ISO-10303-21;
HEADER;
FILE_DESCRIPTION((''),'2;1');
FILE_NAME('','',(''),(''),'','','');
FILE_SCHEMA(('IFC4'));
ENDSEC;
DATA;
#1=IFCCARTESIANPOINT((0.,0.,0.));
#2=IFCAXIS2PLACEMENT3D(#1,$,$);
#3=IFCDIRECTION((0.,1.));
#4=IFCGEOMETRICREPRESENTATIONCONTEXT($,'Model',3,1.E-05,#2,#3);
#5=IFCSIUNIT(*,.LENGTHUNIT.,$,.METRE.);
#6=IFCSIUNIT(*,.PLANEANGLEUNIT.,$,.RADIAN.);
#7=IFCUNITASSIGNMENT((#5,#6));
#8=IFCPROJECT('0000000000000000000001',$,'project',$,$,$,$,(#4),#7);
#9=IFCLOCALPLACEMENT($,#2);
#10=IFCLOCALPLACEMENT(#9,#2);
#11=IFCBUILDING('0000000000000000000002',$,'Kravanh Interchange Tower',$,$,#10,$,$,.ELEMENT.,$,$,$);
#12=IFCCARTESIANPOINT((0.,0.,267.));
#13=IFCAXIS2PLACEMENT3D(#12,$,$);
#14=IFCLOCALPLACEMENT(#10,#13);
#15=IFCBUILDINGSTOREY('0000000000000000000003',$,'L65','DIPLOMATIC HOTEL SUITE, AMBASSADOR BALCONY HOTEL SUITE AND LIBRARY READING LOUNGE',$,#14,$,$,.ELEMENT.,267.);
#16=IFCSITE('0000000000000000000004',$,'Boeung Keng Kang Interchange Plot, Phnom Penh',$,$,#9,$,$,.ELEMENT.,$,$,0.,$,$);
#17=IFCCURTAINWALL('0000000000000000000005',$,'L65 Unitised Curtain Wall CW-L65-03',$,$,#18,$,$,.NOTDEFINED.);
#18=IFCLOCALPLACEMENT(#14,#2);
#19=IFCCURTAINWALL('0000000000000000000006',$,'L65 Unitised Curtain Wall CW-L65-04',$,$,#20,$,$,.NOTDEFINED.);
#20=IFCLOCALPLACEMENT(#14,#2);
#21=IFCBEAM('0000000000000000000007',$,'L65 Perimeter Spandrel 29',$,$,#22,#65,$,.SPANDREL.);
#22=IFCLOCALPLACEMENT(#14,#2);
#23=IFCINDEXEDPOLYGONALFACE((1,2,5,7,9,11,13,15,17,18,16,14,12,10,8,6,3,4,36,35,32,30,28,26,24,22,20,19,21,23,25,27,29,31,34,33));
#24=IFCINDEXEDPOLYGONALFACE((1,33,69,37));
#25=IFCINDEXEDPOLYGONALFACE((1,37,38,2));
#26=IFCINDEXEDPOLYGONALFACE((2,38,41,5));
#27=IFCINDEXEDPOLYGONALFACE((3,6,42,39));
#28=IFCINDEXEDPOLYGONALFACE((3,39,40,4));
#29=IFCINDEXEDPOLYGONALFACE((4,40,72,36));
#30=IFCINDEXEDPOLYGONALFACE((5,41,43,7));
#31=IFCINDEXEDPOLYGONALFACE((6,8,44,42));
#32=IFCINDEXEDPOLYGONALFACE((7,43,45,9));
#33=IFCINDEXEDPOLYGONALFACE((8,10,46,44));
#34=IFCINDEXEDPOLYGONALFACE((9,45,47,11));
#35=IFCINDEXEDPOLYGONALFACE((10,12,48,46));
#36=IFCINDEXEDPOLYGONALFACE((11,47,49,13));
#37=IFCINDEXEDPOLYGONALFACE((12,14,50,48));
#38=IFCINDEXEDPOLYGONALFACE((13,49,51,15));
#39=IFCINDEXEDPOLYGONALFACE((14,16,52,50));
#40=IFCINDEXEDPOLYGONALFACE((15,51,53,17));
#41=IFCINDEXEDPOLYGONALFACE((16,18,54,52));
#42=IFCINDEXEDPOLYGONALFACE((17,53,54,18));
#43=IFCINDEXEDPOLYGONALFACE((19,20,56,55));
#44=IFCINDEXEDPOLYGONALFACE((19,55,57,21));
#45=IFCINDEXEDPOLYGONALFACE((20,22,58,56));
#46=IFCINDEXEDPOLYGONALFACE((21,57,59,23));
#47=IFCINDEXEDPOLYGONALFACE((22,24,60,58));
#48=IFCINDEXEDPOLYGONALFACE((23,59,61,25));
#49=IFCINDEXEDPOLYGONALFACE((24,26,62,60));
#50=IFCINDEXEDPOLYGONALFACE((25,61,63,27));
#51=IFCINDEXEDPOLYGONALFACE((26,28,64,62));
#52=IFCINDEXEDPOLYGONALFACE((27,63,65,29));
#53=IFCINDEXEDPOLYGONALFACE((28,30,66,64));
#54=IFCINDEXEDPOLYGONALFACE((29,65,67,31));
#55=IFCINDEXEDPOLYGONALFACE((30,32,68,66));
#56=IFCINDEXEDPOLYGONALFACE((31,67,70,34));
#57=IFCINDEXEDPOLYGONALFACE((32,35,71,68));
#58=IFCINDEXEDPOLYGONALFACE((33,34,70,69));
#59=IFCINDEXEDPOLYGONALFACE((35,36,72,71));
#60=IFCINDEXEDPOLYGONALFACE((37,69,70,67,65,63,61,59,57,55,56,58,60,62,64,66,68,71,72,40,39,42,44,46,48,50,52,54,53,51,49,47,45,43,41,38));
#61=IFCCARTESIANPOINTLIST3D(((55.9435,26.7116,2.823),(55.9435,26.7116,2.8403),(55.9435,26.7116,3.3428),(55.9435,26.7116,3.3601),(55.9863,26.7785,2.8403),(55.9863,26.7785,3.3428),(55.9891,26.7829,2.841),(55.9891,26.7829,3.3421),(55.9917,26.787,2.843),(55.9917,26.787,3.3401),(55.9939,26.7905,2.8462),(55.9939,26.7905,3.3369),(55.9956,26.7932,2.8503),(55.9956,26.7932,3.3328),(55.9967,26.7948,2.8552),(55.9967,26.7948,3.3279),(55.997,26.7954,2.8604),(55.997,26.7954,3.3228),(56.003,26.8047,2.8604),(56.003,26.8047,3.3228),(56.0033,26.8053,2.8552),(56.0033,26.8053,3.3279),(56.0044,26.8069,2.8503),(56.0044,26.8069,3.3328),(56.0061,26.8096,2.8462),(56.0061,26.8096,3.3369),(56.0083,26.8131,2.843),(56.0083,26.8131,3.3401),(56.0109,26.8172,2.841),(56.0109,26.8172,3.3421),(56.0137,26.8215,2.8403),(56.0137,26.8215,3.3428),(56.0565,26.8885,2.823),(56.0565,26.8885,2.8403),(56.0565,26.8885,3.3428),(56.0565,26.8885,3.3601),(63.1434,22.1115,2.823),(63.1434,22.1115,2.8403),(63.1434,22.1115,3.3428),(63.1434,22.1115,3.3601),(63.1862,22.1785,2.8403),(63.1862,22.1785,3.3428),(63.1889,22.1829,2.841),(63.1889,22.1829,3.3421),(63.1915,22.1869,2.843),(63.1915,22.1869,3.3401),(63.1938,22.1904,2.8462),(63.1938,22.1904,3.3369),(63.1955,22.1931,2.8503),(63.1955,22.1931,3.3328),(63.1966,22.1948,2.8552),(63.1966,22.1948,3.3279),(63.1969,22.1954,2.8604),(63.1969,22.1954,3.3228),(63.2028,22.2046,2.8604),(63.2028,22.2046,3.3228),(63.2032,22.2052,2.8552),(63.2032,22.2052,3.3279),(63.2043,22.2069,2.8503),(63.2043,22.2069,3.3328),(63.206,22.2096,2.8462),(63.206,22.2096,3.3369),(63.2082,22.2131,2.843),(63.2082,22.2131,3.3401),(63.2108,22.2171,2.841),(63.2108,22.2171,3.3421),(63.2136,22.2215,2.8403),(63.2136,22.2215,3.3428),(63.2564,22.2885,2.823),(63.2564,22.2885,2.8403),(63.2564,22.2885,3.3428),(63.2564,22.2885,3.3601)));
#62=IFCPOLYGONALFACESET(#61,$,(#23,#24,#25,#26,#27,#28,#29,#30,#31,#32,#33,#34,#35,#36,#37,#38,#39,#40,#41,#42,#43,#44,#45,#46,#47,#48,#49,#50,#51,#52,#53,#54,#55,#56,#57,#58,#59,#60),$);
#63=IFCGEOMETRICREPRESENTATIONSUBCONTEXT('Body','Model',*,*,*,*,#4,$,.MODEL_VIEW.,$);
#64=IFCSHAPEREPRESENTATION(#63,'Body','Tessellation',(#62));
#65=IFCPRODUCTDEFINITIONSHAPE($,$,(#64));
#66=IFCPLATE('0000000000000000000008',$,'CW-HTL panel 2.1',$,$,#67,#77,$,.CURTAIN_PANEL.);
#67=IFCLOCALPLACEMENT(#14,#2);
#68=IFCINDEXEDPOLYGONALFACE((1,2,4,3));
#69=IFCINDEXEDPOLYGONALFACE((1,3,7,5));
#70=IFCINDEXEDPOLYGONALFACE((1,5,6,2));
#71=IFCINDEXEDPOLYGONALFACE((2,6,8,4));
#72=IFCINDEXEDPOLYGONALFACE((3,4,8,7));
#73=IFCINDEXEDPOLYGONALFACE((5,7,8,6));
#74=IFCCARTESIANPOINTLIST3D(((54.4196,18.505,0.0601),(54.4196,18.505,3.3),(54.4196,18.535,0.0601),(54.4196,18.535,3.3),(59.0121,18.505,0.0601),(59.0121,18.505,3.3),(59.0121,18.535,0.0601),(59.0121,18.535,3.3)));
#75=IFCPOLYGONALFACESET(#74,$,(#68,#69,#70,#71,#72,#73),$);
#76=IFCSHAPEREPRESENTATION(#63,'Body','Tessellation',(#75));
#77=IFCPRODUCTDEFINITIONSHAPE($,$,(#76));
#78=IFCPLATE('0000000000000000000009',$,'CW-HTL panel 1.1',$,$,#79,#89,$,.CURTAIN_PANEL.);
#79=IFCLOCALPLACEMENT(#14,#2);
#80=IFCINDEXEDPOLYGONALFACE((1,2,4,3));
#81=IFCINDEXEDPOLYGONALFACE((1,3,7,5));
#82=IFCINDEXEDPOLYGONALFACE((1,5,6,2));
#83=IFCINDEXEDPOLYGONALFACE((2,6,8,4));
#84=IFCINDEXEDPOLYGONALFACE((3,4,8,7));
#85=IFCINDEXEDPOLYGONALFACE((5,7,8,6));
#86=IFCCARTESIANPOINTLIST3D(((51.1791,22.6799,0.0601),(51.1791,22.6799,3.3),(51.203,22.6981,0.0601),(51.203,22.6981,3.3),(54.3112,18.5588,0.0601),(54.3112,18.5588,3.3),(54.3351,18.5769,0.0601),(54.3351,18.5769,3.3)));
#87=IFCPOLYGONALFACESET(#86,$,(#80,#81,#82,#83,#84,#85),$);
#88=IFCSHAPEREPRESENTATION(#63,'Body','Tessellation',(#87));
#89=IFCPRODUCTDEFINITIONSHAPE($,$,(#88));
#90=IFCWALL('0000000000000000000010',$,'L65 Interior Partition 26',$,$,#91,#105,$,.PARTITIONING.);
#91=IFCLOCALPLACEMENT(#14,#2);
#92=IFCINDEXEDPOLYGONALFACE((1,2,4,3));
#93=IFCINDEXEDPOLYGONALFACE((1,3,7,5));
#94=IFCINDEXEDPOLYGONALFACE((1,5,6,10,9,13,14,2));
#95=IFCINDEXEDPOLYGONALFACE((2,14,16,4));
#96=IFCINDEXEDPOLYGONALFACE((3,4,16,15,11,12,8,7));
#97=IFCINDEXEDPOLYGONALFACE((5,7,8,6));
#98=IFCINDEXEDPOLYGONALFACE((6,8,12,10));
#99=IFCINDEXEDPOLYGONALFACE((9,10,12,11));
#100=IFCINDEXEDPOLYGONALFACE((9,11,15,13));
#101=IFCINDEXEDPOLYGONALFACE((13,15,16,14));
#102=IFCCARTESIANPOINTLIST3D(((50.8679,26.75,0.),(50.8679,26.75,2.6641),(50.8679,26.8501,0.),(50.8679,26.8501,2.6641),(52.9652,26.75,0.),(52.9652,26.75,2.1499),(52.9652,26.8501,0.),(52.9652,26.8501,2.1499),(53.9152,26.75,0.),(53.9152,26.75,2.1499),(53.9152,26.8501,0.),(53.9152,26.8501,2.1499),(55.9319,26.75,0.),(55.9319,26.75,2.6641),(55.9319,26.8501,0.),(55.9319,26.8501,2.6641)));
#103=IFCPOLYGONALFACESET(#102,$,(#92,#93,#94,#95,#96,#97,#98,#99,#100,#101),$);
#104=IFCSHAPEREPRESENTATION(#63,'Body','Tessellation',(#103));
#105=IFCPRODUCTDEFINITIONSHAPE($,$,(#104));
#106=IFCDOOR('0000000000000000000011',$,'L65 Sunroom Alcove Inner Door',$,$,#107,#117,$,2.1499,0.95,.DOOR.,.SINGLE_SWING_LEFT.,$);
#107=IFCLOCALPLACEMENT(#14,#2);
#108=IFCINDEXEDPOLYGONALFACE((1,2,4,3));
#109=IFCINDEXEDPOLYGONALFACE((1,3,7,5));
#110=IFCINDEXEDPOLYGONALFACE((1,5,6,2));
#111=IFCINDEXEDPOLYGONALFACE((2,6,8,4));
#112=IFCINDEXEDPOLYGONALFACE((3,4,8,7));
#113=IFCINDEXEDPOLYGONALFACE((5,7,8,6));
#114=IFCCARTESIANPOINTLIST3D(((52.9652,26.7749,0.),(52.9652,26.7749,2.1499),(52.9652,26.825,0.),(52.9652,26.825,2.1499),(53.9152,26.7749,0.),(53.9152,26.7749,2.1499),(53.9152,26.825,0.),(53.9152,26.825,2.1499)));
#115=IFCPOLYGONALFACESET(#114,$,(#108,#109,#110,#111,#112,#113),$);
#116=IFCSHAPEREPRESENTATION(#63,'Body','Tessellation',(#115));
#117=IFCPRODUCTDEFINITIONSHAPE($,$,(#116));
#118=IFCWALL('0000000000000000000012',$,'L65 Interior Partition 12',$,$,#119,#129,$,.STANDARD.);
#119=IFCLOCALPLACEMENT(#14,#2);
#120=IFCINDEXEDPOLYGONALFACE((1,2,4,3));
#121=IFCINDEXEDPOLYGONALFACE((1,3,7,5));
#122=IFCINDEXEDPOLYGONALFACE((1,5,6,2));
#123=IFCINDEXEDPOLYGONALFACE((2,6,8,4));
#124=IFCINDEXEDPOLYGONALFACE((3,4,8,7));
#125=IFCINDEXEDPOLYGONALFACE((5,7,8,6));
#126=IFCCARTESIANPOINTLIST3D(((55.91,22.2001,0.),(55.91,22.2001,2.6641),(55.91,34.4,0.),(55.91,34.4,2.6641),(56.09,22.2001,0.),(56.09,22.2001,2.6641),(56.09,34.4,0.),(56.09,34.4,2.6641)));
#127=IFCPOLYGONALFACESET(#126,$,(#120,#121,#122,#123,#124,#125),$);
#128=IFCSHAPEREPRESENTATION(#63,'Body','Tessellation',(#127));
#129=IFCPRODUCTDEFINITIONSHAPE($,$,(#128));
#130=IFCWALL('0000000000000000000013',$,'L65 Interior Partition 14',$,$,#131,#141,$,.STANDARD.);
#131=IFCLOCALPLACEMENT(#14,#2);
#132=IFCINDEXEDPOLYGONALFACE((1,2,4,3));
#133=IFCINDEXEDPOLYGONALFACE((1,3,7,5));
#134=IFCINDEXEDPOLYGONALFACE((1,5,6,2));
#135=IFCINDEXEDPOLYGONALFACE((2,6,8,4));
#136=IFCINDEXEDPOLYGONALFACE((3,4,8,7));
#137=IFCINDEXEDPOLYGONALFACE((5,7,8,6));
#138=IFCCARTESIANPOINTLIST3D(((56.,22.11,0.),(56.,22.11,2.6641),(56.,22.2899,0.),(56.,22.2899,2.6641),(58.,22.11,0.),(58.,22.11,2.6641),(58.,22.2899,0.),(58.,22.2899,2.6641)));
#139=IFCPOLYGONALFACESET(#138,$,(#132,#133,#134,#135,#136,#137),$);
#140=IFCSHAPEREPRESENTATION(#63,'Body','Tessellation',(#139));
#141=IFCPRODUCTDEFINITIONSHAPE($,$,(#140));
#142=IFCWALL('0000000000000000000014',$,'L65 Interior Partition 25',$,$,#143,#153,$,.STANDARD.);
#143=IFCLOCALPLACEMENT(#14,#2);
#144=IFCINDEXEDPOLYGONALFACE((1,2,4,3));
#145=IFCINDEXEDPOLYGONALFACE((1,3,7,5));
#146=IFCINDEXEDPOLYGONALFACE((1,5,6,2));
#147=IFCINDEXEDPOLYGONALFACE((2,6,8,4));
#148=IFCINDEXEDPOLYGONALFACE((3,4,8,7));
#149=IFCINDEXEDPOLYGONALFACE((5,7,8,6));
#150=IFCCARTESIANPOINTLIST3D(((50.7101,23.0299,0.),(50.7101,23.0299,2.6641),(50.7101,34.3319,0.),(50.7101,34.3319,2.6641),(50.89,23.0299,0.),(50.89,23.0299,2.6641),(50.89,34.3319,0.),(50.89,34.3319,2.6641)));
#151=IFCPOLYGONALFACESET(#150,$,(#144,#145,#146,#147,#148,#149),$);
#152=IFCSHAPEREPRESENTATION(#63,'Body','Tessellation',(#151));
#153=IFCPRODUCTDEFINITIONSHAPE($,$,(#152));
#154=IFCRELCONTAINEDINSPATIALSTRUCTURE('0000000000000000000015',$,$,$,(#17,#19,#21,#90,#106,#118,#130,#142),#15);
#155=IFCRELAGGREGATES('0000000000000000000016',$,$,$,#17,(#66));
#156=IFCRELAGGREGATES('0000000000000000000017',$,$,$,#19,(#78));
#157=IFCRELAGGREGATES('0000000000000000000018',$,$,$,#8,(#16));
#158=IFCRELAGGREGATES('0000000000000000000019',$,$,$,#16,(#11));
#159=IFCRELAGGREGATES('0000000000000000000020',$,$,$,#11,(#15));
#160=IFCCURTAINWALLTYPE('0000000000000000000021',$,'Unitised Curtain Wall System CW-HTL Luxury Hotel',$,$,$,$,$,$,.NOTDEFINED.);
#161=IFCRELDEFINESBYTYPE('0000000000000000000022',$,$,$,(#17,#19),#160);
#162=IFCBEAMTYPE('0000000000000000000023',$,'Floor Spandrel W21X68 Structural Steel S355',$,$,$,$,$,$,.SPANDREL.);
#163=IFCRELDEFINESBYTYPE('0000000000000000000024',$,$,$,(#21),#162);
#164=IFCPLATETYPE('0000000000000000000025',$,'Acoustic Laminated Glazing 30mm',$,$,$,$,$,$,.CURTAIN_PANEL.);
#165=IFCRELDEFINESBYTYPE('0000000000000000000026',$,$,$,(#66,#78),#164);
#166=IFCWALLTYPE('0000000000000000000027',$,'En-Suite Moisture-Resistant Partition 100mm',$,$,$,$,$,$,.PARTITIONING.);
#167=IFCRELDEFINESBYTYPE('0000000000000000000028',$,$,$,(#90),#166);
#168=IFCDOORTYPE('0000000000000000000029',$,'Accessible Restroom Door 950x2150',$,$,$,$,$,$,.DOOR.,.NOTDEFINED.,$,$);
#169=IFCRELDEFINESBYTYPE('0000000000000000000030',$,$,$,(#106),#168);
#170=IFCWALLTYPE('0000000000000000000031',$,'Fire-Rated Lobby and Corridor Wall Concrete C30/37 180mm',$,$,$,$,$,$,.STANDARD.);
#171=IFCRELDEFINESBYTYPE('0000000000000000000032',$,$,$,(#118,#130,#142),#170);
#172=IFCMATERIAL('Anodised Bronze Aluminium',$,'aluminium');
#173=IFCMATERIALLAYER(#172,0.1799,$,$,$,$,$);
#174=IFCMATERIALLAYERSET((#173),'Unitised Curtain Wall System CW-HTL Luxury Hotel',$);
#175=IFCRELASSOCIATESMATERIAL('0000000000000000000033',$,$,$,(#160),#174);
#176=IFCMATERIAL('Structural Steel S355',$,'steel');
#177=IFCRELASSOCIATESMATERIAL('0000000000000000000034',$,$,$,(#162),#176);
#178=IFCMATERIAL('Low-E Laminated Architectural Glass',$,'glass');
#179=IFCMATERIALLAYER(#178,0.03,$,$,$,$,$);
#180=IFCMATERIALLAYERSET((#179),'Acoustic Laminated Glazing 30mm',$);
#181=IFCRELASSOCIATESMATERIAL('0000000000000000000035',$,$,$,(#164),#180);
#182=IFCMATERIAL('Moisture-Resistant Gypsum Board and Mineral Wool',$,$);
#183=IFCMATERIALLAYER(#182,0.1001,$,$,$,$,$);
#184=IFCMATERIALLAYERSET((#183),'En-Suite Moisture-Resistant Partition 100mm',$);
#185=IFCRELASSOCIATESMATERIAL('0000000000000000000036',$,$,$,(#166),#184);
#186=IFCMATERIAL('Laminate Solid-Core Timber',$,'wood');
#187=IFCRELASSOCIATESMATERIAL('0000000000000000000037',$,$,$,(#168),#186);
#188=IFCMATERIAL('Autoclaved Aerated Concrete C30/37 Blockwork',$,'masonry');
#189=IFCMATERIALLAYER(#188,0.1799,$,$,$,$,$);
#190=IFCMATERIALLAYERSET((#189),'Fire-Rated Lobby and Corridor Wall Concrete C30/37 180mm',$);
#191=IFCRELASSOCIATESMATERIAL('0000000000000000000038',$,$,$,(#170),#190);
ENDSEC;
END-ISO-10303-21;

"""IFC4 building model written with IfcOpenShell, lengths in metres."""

from ifc_helpers import new_model, si_unit, direction, frame, frame_2d, origin, origin_2d, place, context, subcontext, project, spatial, rectangle, i_section, extrude, material, layer, layer_set, material_profile, profile_set, type_object, element, fill, aggregate, save


model = new_model("IFC4")

# Units and contexts
model_context = context("Model", 3, precision=1e-05, world=origin(), true_north=direction((0.0, 1.0)))
body_context = subcontext(model_context, "Body", "Model", "MODEL_VIEW")
ifc_project = project(units=[si_unit("LENGTHUNIT", "METRE"), si_unit("PLANEANGLEUNIT", "RADIAN")], contexts=[model_context])

# Site, building, storey
site_placement = place(None, origin())
site = spatial("IfcSite", under=ifc_project, at=site_placement, Name="Boeung Keng Kang Interchange Plot, Phnom Penh", CompositionType="ELEMENT", RefElevation=0.0)
building_placement = place(site_placement, origin())
building = spatial("IfcBuilding", under=site, at=building_placement, Name="Kravanh Interchange Tower", CompositionType="ELEMENT")
storey_placement = place(building_placement, frame((0.0, 0.0, 267.0)))
storey = spatial("IfcBuildingStorey", under=building, at=storey_placement, Name="L65", Description="DIPLOMATIC HOTEL SUITE, AMBASSADOR BALCONY HOTEL SUITE AND LIBRARY READING LOUNGE", CompositionType="ELEMENT", Elevation=267.0)

# Curtain wall
ifc_material_1 = material(Name="Anodised Bronze Aluminium", Category="aluminium")
ifc_layer_1 = layer(ifc_material_1, 0.1799)
ifc_layer_set_1 = layer_set([ifc_layer_1], Name="Unitised Curtain Wall System CW-HTL Luxury Hotel")
curtain_wall_type = type_object("IfcCurtainWallType", Name="Unitised Curtain Wall System CW-HTL Luxury Hotel", PredefinedType="NOTDEFINED", material=ifc_layer_set_1)
curtain_wall_1_placement = place(storey_placement, origin())
curtain_wall_1 = element("IfcCurtainWall", 1, at=curtain_wall_1_placement, inside=storey, type_object=curtain_wall_type, Name="L65 Unitised Curtain Wall CW-L65-03", PredefinedType="NOTDEFINED")

# Curtain wall
curtain_wall_2_placement = place(storey_placement, origin())
curtain_wall_2 = element("IfcCurtainWall", 2, at=curtain_wall_2_placement, inside=storey, type_object=curtain_wall_type, Name="L65 Unitised Curtain Wall CW-L65-04", PredefinedType="NOTDEFINED")

# Beam
ifc_material_2 = material(Name="Structural Steel S355", Category="steel")
ifc_material_profile_1 = material_profile(ifc_material_2, i_section(OverallWidth=0.21, OverallDepth=0.5371, WebThickness=0.011, FlangeThickness=0.0173, FilletRadius=0.02, at=origin_2d()), Name="W21X68")
ifc_profile_set_1 = profile_set([ifc_material_profile_1], Name="Structural Steel S355")
beam_type_1 = type_object("IfcBeamType", Name="Floor Spandrel W21X68 Structural Steel S355", PredefinedType="SPANDREL", material=ifc_profile_set_1)
beam_1_placement = place(storey_placement, frame((56.0, 26.8, 3.0916), z_axis=(0.842689, -0.5384, 0.0), x_axis=(0.5384, 0.842689, 0.0)))
element("IfcBeam", 3, at=beam_1_placement, inside=storey, type_object=beam_type_1, Name="L65 Perimeter Spandrel 29", PredefinedType="SPANDREL", context=body_context, shape_type="SweptSolid", body=[
    extrude(i_section(OverallWidth=0.21, OverallDepth=0.5371, WebThickness=0.011, FlangeThickness=0.0173, FilletRadius=0.02, at=origin_2d()), origin(), (0.0, 0.0, 1.0), 8.5439),
])

# Plates
ifc_material_3 = material(Name="Low-E Laminated Architectural Glass", Category="glass")
ifc_layer_2 = layer(ifc_material_3, 0.03)
ifc_layer_set_2 = layer_set([ifc_layer_2], Name="Acoustic Laminated Glazing 30mm")
plate_type = type_object("IfcPlateType", Name="Acoustic Laminated Glazing 30mm", PredefinedType="CURTAIN_PANEL", material=ifc_layer_set_2)
plate_1_placement = place(storey_placement, frame((56.7158, 18.52, 0.0601), z_axis=(0.0, 0.0, 1.0), x_axis=(-1.0, 0.0, 0.0)))
plate_1 = element("IfcPlate", 4, at=plate_1_placement, type_object=plate_type, Name="CW-HTL panel 2.1", PredefinedType="CURTAIN_PANEL", context=body_context, shape_type="SweptSolid", body=[
    extrude(rectangle(XDim=4.5925, YDim=0.03, at=origin_2d()), origin(), (0.0, 0.0, 1.0), 3.24),
])
aggregate(curtain_wall_1, [plate_1])
plate_2_placement = place(storey_placement, frame((52.7571, 20.6284, 0.0601), z_axis=(0.0, 0.0, 1.0), x_axis=(-0.605083, 0.796162, 0.0)))
plate_2 = element("IfcPlate", 5, at=plate_2_placement, type_object=plate_type, Name="CW-HTL panel 1.1", PredefinedType="CURTAIN_PANEL", context=body_context, shape_type="SweptSolid", body=[
    extrude(rectangle(XDim=5.1763, YDim=0.03, at=origin_2d()), origin(), (0.0, 0.0, 1.0), 3.24),
])
aggregate(curtain_wall_2, [plate_2])

# Wall, opening, door
ifc_material_4 = material(Name="Moisture-Resistant Gypsum Board and Mineral Wool")
ifc_layer_3 = layer(ifc_material_4, 0.1001)
ifc_layer_set_3 = layer_set([ifc_layer_3], Name="En-Suite Moisture-Resistant Partition 100mm")
wall_type_1 = type_object("IfcWallType", Name="En-Suite Moisture-Resistant Partition 100mm", PredefinedType="PARTITIONING", material=ifc_layer_set_3)
wall_1_placement = place(storey_placement, frame((50.8679, 26.8, 0.0), z_axis=(0.0, 0.0, 1.0), x_axis=(1.0, 0.0, 0.0)))
wall_1 = element("IfcWall", 6, at=wall_1_placement, inside=storey, type_object=wall_type_1, Name="L65 Interior Partition 26", PredefinedType="PARTITIONING", context=body_context, shape_type="SweptSolid", body=[
    extrude(rectangle(XDim=5.064, YDim=0.1001, at=frame_2d((2.532, 0.0))), origin(), (0.0, 0.0, 1.0), 2.6641),
])
opening_placement = place(wall_1_placement, frame((2.0972, 0.0, 0.0)))
opening = element("IfcOpeningElement", 7, at=opening_placement, cuts=wall_1, PredefinedType="OPENING", context=body_context, shape_type="SweptSolid", body=[
    extrude(rectangle(XDim=0.95, YDim=2.1499, at=frame_2d((0.4751, 1.075))), frame((0.0, 0.0601, 0.0), z_axis=(0.0, -1.0, 0.0), x_axis=(1.0, 0.0, 0.0)), (0.0, 0.0, 1.0), 0.1201),
])
ifc_material_5 = material(Name="Laminate Solid-Core Timber", Category="wood")
door_type = type_object("IfcDoorType", Name="Accessible Restroom Door 950x2150", OperationType="NOTDEFINED", PredefinedType="DOOR", material=ifc_material_5)
door_placement = place(opening_placement, origin())
door = element("IfcDoor", 8, at=door_placement, inside=storey, type_object=door_type, Name="L65 Sunroom Alcove Inner Door", OperationType="SINGLE_SWING_LEFT", OverallHeight=2.1499, OverallWidth=0.95, PredefinedType="DOOR", context=body_context, shape_type="SweptSolid", body=[
    extrude(rectangle(XDim=0.95, YDim=2.1499, at=frame_2d((0.4751, 1.075))), frame((0.0, 0.0249, 0.0), z_axis=(0.0, -1.0, 0.0), x_axis=(1.0, 0.0, 0.0)), (0.0, 0.0, 1.0), 0.05),
])
fill(opening, door)

# Walls
ifc_material_6 = material(Name="Autoclaved Aerated Concrete C30/37 Blockwork", Category="masonry")
ifc_layer_4 = layer(ifc_material_6, 0.1799)
ifc_layer_set_4 = layer_set([ifc_layer_4], Name="Fire-Rated Lobby and Corridor Wall Concrete C30/37 180mm")
wall_type_2 = type_object("IfcWallType", Name="Fire-Rated Lobby and Corridor Wall Concrete C30/37 180mm", PredefinedType="STANDARD", material=ifc_layer_set_4)
wall_2_placement = place(storey_placement, frame((56.0, 22.2, 0.0), z_axis=(0.0, 0.0, 1.0), x_axis=(0.0, 1.0, 0.0)))
element("IfcWall", 9, at=wall_2_placement, inside=storey, type_object=wall_type_2, Name="L65 Interior Partition 12", PredefinedType="STANDARD", context=body_context, shape_type="SweptSolid", body=[
    extrude(rectangle(XDim=12.2, YDim=0.1799, at=frame_2d((6.1001, 0.0))), origin(), (0.0, 0.0, 1.0), 2.6641),
])
wall_3_placement = place(storey_placement, frame((56.0, 22.2, 0.0), z_axis=(0.0, 0.0, 1.0), x_axis=(1.0, 0.0, 0.0)))
element("IfcWall", 10, at=wall_3_placement, inside=storey, type_object=wall_type_2, Name="L65 Interior Partition 14", PredefinedType="STANDARD", context=body_context, shape_type="SweptSolid", body=[
    extrude(rectangle(XDim=2.0, YDim=0.1799, at=frame_2d((1.0, 0.0))), origin(), (0.0, 0.0, 1.0), 2.6641),
])
wall_4_placement = place(storey_placement, frame((50.8, 23.03, 0.0), z_axis=(0.0, 0.0, 1.0), x_axis=(0.0, 1.0, 0.0)))
element("IfcWall", 11, at=wall_4_placement, inside=storey, type_object=wall_type_2, Name="L65 Interior Partition 25", PredefinedType="STANDARD", context=body_context, shape_type="SweptSolid", body=[
    extrude(rectangle(XDim=11.302, YDim=0.1799, at=frame_2d((5.6509, 0.0))), origin(), (0.0, 0.0, 1.0), 2.6641),
])

save(model, "model.ifc")
